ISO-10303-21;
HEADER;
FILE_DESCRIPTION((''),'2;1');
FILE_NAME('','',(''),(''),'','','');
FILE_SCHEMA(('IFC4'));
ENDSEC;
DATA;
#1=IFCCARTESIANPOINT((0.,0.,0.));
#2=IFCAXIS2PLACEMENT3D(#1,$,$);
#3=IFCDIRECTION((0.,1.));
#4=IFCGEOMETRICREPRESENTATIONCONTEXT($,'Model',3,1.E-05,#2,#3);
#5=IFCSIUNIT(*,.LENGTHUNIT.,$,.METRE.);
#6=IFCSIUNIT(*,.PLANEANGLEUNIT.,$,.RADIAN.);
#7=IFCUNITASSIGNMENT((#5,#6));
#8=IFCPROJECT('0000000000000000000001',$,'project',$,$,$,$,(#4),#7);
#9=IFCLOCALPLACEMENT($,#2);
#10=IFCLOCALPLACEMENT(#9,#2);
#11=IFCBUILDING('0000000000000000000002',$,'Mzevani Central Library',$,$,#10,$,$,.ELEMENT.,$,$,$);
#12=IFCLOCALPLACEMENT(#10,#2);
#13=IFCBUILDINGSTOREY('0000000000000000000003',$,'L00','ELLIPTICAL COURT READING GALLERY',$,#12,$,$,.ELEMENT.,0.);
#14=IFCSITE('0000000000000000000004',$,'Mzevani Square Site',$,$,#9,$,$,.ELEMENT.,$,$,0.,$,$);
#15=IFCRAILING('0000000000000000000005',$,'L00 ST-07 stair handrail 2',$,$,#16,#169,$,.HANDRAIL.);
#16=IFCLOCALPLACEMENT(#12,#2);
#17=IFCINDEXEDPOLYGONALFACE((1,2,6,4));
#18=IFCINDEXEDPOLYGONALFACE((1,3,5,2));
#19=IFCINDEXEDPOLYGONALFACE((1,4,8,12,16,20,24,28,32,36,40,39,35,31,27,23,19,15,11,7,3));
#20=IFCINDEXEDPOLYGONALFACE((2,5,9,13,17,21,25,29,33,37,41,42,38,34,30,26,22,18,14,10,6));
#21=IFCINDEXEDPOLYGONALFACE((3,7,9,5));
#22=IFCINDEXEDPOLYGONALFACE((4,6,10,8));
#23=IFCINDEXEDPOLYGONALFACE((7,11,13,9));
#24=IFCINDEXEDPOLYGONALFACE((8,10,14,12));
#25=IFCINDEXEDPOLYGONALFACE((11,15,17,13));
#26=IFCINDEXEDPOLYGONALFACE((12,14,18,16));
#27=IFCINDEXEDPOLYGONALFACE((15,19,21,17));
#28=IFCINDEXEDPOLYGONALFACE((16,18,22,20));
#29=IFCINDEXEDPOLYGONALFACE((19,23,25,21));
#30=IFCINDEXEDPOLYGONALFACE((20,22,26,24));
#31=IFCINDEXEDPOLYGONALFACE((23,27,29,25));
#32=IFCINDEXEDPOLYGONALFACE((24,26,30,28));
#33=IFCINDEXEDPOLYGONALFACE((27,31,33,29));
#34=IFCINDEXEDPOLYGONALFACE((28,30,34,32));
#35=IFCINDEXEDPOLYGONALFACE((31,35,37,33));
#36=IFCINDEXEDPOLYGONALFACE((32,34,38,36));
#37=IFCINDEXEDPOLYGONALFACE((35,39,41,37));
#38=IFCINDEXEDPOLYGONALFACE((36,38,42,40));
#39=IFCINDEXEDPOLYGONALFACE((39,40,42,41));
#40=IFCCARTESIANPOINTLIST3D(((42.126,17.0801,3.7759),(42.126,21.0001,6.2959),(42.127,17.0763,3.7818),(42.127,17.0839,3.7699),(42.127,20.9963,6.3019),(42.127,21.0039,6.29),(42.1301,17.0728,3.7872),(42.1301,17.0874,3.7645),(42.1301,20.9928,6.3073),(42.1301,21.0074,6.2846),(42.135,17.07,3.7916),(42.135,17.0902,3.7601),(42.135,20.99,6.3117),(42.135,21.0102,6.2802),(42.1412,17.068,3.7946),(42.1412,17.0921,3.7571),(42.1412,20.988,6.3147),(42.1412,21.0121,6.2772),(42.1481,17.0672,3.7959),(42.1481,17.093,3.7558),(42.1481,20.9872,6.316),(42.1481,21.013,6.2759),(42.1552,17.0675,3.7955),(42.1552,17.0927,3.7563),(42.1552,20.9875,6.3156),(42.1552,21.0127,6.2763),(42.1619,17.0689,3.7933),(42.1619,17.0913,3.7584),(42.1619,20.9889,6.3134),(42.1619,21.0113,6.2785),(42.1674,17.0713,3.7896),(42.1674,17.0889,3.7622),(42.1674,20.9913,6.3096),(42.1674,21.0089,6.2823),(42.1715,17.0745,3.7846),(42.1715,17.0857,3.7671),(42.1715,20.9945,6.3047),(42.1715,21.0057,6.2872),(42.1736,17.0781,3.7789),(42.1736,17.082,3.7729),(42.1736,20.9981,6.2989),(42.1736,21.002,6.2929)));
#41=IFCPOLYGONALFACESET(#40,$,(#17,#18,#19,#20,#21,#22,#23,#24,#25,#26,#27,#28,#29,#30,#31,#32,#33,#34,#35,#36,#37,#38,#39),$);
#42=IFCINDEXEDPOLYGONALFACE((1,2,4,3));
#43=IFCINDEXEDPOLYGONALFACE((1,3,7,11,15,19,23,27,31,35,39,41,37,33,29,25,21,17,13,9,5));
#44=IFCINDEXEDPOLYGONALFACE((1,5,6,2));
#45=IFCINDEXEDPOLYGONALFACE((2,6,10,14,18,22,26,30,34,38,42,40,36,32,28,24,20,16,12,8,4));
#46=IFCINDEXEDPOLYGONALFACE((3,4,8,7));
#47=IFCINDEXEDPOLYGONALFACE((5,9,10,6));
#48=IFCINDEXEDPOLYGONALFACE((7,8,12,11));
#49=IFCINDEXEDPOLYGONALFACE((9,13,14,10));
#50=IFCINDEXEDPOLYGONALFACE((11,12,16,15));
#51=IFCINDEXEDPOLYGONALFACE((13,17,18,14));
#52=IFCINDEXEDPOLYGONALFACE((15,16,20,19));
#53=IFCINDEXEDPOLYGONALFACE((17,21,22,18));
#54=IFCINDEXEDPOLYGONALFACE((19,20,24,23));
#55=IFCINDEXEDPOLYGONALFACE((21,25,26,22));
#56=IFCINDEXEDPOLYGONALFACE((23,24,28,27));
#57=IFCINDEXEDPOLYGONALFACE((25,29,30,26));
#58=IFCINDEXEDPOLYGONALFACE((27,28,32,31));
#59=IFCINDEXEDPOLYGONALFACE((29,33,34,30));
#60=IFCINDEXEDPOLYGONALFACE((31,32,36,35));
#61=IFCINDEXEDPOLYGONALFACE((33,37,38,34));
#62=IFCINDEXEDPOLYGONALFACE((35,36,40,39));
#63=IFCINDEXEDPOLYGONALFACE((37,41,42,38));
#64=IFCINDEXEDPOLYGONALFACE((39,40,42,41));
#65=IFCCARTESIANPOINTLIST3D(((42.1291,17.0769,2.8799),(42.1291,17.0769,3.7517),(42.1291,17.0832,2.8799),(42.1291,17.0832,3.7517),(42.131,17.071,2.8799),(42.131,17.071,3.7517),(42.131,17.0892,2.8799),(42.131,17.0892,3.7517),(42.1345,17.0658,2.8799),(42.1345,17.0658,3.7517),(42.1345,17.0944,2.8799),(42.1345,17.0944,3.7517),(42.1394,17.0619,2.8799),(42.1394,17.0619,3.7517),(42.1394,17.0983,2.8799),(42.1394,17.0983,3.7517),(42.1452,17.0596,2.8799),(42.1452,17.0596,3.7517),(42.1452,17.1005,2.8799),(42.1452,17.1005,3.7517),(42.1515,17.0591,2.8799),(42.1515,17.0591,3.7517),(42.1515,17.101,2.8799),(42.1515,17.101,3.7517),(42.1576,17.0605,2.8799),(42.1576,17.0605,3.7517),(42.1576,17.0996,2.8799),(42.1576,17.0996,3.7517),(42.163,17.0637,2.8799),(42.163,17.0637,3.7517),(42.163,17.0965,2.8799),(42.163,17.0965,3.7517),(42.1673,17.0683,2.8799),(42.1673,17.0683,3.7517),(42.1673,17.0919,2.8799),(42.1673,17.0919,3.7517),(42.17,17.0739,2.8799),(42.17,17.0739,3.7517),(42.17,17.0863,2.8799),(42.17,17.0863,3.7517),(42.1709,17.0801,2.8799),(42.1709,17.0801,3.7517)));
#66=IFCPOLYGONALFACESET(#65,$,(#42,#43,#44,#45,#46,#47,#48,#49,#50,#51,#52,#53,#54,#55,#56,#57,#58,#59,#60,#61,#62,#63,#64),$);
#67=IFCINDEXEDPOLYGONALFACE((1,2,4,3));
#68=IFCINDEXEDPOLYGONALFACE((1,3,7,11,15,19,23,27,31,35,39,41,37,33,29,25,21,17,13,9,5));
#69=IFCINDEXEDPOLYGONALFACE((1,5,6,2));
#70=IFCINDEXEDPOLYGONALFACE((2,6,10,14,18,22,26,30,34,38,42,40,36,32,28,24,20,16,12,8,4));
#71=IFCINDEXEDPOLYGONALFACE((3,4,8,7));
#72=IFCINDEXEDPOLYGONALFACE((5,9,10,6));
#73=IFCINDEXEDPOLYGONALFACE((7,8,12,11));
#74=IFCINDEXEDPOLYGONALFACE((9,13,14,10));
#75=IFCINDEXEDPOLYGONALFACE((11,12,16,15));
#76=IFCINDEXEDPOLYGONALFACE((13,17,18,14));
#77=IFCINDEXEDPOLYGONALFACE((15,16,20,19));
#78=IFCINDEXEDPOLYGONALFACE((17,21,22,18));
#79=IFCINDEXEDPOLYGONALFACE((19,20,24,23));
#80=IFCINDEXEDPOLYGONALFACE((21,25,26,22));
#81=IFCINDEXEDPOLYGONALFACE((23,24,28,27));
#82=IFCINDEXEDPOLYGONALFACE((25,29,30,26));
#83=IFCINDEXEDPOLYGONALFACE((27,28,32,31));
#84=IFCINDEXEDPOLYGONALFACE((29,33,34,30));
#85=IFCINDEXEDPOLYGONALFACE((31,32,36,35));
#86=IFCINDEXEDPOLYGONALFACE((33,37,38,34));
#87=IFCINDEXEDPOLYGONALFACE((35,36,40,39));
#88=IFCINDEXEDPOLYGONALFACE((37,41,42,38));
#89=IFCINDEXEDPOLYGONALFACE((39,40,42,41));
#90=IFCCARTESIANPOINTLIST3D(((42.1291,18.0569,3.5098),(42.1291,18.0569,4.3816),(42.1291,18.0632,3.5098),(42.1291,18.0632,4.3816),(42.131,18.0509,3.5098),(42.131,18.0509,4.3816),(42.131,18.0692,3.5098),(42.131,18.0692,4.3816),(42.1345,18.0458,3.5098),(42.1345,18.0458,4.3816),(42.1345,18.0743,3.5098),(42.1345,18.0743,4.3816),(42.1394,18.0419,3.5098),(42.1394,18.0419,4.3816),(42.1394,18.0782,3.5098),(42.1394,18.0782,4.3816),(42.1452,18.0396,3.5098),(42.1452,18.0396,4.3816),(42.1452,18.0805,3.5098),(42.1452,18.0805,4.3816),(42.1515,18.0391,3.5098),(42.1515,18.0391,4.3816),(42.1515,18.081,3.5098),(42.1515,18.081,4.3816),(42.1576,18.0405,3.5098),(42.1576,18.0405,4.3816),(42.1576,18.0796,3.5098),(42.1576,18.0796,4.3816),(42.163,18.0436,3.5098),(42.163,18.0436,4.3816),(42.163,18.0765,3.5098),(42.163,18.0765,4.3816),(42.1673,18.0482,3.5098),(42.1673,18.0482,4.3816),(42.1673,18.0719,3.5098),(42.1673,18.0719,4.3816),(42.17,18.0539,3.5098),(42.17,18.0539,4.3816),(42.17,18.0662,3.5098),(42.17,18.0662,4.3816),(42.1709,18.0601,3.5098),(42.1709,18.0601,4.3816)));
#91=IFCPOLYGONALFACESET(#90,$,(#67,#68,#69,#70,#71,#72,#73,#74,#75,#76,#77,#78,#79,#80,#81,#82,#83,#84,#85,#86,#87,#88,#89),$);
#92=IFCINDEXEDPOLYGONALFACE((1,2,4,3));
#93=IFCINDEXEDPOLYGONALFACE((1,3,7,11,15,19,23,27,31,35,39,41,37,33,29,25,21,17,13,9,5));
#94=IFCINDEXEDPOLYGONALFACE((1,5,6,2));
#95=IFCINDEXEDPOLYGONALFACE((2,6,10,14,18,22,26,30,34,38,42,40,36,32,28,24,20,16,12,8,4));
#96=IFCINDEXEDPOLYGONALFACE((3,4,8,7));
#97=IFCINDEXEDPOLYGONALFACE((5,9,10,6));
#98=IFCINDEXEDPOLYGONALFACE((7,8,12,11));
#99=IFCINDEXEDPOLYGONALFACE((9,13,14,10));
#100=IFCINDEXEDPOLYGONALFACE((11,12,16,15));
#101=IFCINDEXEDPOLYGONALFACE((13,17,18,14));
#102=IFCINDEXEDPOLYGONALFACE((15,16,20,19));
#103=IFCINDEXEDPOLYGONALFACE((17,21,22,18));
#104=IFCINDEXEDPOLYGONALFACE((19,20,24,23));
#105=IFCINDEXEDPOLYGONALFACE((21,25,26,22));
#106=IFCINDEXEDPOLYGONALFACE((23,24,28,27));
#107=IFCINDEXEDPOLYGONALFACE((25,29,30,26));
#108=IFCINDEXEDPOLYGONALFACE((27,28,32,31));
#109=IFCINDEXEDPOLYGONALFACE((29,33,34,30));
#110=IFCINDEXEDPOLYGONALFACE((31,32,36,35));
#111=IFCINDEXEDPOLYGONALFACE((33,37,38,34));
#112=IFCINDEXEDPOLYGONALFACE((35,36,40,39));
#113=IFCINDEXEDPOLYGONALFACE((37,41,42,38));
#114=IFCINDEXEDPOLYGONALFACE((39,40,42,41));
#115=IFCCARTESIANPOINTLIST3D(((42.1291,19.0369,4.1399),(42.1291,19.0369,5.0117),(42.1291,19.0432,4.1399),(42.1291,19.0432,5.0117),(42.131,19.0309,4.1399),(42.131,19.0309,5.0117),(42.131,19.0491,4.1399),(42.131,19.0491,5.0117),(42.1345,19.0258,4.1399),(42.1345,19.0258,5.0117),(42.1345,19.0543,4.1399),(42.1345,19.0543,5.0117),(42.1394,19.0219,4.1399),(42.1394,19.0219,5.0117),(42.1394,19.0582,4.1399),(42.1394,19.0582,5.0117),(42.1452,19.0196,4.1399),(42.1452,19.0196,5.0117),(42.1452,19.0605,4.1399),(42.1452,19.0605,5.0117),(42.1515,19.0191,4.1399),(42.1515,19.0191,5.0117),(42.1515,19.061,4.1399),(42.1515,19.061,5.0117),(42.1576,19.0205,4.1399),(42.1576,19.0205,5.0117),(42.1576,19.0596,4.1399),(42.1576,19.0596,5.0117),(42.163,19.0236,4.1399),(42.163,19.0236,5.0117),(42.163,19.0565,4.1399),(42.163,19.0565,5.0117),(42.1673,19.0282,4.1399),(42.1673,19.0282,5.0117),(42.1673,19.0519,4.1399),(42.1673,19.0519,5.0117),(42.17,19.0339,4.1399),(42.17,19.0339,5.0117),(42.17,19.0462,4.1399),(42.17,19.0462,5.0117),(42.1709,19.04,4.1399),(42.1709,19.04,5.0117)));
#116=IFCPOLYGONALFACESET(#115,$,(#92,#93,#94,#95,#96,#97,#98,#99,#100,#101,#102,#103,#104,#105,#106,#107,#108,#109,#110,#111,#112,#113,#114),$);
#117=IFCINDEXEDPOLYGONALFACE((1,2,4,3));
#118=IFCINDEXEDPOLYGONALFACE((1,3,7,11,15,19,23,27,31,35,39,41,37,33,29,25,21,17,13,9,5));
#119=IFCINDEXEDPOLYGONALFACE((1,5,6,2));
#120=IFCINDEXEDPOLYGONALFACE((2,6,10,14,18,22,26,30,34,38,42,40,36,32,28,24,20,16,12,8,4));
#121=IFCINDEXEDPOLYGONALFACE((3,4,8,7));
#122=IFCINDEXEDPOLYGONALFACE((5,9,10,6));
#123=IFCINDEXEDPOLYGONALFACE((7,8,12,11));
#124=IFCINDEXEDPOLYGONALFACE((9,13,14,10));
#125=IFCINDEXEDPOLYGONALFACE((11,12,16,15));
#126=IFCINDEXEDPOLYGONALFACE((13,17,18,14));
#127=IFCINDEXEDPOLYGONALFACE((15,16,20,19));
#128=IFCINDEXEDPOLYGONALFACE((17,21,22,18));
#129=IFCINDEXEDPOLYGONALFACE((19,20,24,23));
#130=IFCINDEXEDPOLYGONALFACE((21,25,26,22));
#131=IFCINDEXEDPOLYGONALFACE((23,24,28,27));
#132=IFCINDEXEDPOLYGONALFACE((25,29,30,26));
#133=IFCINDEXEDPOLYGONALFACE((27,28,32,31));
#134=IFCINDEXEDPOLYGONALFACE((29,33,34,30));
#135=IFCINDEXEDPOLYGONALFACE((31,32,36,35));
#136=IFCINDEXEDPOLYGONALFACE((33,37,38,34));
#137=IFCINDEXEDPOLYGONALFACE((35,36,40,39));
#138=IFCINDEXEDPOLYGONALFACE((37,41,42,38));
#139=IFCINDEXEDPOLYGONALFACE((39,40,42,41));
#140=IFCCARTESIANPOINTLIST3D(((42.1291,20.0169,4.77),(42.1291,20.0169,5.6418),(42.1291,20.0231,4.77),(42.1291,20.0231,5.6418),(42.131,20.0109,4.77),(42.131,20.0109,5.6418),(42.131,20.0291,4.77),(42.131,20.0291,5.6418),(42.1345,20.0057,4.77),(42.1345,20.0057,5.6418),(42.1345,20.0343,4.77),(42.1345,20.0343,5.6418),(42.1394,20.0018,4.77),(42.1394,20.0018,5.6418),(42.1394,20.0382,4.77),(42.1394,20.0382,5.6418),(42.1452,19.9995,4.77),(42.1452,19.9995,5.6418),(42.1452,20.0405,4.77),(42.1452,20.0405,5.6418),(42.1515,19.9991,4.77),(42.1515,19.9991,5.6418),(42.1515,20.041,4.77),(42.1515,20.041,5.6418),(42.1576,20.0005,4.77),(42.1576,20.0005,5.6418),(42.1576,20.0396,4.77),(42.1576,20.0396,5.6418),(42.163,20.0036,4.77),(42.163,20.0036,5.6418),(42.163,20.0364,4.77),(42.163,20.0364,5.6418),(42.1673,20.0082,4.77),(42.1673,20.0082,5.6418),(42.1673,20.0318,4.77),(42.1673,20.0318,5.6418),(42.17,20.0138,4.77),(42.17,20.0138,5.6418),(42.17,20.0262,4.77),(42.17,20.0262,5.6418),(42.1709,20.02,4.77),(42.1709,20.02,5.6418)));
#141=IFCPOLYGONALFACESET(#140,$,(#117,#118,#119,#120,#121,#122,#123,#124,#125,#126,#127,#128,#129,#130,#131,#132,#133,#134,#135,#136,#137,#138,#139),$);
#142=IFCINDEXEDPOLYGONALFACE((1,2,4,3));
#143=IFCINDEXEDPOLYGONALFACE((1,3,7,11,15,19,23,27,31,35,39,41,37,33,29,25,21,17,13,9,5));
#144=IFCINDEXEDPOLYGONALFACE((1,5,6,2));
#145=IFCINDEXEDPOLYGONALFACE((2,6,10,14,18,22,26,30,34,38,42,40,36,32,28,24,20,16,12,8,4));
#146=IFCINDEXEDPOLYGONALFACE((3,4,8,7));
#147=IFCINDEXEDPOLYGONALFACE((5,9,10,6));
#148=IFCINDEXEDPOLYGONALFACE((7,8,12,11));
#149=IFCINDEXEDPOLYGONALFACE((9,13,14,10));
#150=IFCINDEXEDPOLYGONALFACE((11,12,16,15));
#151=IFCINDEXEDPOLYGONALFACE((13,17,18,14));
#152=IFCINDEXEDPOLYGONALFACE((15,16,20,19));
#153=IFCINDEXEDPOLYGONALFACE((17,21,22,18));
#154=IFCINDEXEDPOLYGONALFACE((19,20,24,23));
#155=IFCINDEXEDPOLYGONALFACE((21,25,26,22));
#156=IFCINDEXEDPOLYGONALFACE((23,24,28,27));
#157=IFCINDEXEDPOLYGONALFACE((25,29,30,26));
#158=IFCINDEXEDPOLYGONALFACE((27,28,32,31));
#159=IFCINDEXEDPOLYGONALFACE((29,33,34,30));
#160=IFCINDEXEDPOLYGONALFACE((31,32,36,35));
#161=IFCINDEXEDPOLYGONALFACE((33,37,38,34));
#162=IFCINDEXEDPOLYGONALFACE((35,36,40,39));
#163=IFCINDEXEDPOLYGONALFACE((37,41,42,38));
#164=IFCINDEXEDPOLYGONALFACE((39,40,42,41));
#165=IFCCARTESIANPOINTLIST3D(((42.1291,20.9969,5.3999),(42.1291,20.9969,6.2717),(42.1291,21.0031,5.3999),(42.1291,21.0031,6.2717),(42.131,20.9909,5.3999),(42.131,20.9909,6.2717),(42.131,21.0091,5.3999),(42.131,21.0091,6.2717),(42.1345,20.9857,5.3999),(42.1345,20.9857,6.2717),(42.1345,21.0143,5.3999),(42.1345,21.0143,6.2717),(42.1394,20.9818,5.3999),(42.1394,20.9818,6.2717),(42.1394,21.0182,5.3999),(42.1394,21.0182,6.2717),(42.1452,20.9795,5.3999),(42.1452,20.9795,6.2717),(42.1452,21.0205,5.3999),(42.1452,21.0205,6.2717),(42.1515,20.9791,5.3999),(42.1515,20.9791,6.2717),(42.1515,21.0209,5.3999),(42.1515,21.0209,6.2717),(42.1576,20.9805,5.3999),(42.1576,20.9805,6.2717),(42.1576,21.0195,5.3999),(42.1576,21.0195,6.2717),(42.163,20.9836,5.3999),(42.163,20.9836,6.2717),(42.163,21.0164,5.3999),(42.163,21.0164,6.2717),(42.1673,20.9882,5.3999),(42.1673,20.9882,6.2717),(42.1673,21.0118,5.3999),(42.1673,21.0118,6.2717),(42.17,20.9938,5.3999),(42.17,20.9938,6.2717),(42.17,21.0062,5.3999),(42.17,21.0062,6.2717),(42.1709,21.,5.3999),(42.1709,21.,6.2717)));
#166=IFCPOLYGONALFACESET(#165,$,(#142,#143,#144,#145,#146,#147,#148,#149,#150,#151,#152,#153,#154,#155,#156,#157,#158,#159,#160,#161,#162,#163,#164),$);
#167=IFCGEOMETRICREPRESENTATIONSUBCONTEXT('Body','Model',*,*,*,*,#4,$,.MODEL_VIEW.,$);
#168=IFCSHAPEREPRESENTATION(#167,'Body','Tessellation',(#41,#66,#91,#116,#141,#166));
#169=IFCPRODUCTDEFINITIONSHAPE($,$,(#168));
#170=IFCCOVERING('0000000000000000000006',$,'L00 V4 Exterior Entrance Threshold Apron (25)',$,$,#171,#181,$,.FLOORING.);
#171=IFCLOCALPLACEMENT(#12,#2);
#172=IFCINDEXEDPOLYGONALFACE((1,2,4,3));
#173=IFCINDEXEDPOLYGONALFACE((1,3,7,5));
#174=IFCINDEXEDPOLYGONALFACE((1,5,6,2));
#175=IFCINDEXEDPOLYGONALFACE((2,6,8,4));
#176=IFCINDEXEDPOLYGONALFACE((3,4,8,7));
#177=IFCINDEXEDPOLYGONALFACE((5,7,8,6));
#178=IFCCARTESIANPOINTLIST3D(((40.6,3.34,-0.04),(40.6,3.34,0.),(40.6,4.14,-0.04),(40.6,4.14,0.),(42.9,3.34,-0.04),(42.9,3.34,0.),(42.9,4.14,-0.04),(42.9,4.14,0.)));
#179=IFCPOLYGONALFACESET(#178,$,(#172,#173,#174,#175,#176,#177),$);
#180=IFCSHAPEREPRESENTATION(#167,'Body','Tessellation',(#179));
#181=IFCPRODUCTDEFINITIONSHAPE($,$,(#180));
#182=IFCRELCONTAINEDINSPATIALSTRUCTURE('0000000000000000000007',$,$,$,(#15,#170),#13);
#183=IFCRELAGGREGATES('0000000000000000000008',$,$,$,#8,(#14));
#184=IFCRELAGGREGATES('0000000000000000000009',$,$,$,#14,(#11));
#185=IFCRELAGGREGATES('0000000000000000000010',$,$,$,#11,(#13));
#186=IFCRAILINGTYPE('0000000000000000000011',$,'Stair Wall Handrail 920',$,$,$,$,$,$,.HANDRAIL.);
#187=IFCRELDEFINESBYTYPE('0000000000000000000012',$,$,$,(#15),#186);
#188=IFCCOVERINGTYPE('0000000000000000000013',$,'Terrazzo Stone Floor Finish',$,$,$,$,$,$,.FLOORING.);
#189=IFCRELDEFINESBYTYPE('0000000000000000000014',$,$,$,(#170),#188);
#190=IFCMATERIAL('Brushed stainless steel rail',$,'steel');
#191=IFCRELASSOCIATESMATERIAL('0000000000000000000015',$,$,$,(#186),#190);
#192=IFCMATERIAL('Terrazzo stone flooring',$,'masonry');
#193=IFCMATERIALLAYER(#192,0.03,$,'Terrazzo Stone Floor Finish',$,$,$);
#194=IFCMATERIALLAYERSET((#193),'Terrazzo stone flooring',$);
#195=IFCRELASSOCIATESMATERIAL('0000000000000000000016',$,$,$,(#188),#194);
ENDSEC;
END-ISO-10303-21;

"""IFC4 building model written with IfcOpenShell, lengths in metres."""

from ifc_helpers import new_model, si_unit, direction, frame, origin, origin_2d, place, context, subcontext, project, spatial, rectangle, circle, extrude, material, layer, layer_set, type_object, element, save


model = new_model("IFC4")

# Units and contexts
model_context = context("Model", 3, precision=1e-05, world=origin(), true_north=direction((0.0, 1.0)))
body_context = subcontext(model_context, "Body", "Model", "MODEL_VIEW")
ifc_project = project(units=[si_unit("LENGTHUNIT", "METRE"), si_unit("PLANEANGLEUNIT", "RADIAN")], contexts=[model_context])

# Site, building, storey
site_placement = place(None, origin())
site = spatial("IfcSite", under=ifc_project, at=site_placement, Name="Mzevani Square Site", CompositionType="ELEMENT", RefElevation=0.0)
building_placement = place(site_placement, origin())
building = spatial("IfcBuilding", under=site, at=building_placement, Name="Mzevani Central Library", CompositionType="ELEMENT")
storey_placement = place(building_placement, origin())
storey = spatial("IfcBuildingStorey", under=building, at=storey_placement, Name="L00", Description="ELLIPTICAL COURT READING GALLERY", CompositionType="ELEMENT", Elevation=0.0)

# Shared definitions
ifc_material_1 = material(Name="Brushed stainless steel rail", Category="steel")

# Railing
railing_type_1 = type_object("IfcRailingType", Name="Stair Wall Handrail 920", PredefinedType="HANDRAIL", material=ifc_material_1)
railing_1_placement = place(storey_placement, frame((42.1499, 17.0801, 2.8799)))
element("IfcRailing", 1, at=railing_1_placement, inside=storey, type_object=railing_type_1, Name="L00 ST-07 stair handrail 2", PredefinedType="HANDRAIL", context=body_context, shape_type="SweptSolid", body=[
    extrude(circle(Radius=0.0239, at=origin_2d()), frame((0.0, 0.0, 0.896), z_axis=(0.0, 0.841172, 0.540768), x_axis=(-1.0, 0.0, 0.0)), (0.0, 0.0, 1.0), 4.6602),
    extrude(circle(Radius=0.021, at=origin_2d()), origin(), (0.0, 0.0, 1.0), 0.8718),
    extrude(circle(Radius=0.021, at=origin_2d()), frame((0.0, 0.98, 0.6299)), (0.0, 0.0, 1.0), 0.8718),
    extrude(circle(Radius=0.021, at=origin_2d()), frame((0.0, 1.96, 1.26)), (0.0, 0.0, 1.0), 0.8718),
    extrude(circle(Radius=0.021, at=origin_2d()), frame((0.0, 2.9399, 1.8901)), (0.0, 0.0, 1.0), 0.8718),
    extrude(circle(Radius=0.021, at=origin_2d()), frame((0.0, 3.9199, 2.52)), (0.0, 0.0, 1.0), 0.8718),
])

# Covering
ifc_material_2 = material(Name="Terrazzo stone flooring", Category="masonry")
ifc_layer_1 = layer(ifc_material_2, 0.03, Name="Terrazzo Stone Floor Finish")
ifc_layer_set_1 = layer_set([ifc_layer_1], Name="Terrazzo stone flooring")
covering_type_1 = type_object("IfcCoveringType", Name="Terrazzo Stone Floor Finish", PredefinedType="FLOORING", material=ifc_layer_set_1)
covering_1_placement = place(storey_placement, frame((41.75, 3.74, -0.04), z_axis=(0.0, 0.0, 1.0), x_axis=(-1.0, 0.0, 0.0)))
element("IfcCovering", 2, at=covering_1_placement, inside=storey, type_object=covering_type_1, Name="L00 V4 Exterior Entrance Threshold Apron (25)", PredefinedType="FLOORING", context=body_context, shape_type="SweptSolid", body=[
    extrude(rectangle(XDim=2.3, YDim=0.8, at=origin_2d()), origin(), (0.0, 0.0, 1.0), 0.04),
])

save(model, "model.ifc")
